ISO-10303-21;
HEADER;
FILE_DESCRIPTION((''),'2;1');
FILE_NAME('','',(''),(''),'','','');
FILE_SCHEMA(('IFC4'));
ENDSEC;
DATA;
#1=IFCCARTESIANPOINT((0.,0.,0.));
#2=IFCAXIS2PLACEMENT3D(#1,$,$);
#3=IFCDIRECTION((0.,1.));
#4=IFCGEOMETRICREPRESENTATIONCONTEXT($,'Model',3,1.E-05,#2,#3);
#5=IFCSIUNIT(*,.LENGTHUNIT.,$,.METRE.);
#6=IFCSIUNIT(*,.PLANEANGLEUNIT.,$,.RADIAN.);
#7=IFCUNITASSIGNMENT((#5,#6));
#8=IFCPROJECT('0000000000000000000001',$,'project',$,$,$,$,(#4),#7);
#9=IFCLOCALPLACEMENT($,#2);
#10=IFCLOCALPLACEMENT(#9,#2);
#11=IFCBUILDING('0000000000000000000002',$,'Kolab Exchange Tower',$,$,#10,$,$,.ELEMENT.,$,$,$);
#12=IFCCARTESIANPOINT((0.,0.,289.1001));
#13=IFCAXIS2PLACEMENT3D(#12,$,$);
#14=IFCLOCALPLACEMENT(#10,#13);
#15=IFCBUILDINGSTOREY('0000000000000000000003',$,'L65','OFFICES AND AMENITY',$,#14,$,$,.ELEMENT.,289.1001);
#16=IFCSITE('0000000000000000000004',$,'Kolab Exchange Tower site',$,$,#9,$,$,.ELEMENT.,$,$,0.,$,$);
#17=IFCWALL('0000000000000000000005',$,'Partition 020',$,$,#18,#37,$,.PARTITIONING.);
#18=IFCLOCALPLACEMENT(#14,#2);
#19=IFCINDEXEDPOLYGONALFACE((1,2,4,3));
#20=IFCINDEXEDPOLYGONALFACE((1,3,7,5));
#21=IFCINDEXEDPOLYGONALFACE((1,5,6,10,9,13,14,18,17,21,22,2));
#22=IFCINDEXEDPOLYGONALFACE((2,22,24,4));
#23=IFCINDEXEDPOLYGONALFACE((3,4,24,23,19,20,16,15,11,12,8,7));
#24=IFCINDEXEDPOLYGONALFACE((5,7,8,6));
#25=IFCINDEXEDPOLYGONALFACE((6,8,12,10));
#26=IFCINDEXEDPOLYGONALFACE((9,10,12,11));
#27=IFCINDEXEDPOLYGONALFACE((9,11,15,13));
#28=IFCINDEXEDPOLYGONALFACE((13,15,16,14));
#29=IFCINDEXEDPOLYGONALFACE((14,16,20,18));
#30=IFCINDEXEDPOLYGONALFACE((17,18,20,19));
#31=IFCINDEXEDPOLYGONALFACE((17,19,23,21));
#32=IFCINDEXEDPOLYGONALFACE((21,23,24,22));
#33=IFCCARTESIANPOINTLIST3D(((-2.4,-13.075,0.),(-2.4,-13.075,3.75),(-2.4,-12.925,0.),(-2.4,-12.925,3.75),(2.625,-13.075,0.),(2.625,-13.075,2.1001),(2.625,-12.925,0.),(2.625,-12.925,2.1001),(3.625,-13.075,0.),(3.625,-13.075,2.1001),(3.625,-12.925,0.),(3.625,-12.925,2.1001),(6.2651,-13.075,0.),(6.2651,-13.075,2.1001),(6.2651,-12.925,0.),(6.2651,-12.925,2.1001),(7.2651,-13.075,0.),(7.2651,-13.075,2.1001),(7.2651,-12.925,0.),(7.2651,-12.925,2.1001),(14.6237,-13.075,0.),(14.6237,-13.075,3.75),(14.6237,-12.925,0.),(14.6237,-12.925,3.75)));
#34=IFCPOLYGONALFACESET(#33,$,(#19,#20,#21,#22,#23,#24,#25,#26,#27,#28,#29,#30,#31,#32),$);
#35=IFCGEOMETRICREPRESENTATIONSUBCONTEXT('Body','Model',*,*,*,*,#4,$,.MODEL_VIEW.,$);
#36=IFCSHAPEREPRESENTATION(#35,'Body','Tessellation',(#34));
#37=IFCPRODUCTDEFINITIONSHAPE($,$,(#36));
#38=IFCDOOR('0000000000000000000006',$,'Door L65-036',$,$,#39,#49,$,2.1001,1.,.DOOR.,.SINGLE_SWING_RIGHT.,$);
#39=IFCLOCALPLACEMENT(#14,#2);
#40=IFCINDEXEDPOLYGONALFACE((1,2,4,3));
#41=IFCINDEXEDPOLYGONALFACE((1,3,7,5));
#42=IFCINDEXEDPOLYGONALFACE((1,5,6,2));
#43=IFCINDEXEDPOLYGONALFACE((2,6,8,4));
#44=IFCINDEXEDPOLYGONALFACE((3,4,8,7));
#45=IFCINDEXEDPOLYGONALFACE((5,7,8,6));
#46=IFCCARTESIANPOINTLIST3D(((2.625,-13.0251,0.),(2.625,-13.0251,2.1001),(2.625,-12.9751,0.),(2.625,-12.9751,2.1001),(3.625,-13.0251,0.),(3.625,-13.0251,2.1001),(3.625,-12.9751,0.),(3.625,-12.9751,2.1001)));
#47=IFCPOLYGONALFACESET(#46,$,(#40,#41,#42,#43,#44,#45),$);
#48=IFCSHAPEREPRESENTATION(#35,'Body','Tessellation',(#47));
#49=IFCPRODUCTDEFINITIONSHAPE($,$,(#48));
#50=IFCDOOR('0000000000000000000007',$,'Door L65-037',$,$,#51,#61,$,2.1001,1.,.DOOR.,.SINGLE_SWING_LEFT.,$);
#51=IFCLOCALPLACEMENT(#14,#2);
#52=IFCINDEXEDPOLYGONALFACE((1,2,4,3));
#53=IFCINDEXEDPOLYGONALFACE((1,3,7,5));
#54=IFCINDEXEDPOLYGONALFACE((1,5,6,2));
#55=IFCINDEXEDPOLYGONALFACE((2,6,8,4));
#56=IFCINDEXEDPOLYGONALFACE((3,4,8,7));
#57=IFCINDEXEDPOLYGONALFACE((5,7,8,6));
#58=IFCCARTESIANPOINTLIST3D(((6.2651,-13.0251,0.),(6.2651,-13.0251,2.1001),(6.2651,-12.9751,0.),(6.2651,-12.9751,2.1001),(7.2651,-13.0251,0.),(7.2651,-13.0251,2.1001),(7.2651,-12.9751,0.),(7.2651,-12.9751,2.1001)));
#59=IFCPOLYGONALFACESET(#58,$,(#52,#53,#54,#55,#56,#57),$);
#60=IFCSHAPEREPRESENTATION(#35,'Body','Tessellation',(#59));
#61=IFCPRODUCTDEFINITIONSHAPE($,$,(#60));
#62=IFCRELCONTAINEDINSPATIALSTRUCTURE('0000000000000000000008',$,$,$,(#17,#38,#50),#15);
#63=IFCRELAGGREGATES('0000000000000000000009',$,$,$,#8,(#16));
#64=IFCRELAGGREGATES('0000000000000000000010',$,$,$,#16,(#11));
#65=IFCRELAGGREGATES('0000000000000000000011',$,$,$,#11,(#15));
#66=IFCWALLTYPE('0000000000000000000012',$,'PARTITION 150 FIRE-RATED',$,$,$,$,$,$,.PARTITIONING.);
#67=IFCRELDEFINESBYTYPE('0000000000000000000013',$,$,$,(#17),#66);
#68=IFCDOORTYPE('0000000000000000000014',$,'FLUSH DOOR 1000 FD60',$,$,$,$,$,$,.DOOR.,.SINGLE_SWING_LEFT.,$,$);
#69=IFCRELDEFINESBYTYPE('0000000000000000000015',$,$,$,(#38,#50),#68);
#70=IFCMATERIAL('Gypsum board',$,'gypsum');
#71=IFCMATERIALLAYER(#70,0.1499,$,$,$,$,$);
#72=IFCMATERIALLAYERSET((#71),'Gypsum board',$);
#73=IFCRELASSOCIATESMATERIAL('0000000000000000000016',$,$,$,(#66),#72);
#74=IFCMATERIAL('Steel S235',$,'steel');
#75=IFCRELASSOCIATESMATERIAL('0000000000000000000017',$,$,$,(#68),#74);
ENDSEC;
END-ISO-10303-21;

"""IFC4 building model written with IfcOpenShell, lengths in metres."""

from ifc_helpers import new_model, si_unit, direction, frame, frame_2d, origin, place, context, subcontext, project, spatial, rectangle, extrude, material, layer, layer_set, type_object, element, fill, save


model = new_model("IFC4")

# Units and contexts
model_context = context("Model", 3, precision=1e-05, world=origin(), true_north=direction((0.0, 1.0)))
body_context = subcontext(model_context, "Body", "Model", "MODEL_VIEW")
ifc_project = project(units=[si_unit("LENGTHUNIT", "METRE"), si_unit("PLANEANGLEUNIT", "RADIAN")], contexts=[model_context])

# Site, building, storey
site_placement = place(None, origin())
site = spatial("IfcSite", under=ifc_project, at=site_placement, Name="Kolab Exchange Tower site", CompositionType="ELEMENT", RefElevation=0.0)
building_placement = place(site_placement, origin())
building = spatial("IfcBuilding", under=site, at=building_placement, Name="Kolab Exchange Tower", CompositionType="ELEMENT")
storey_placement = place(building_placement, frame((0.0, 0.0, 289.1001)))
storey = spatial("IfcBuildingStorey", under=building, at=storey_placement, Name="L65", Description="OFFICES AND AMENITY", CompositionType="ELEMENT", Elevation=289.1001)

# Shared definitions
ifc_material_1 = material(Name="Gypsum board", Category="gypsum")

# Shared definitions
ifc_layer_1 = layer(ifc_material_1, 0.1499)
ifc_layer_set_1 = layer_set([ifc_layer_1], Name="Gypsum board")
wall_type_1 = type_object("IfcWallType", Name="PARTITION 150 FIRE-RATED", PredefinedType="PARTITIONING", material=ifc_layer_set_1)
ifc_material_2 = material(Name="Steel S235", Category="steel")
door_type = type_object("IfcDoorType", Name="FLUSH DOOR 1000 FD60", OperationType="SINGLE_SWING_LEFT", PredefinedType="DOOR", material=ifc_material_2)

# Wall, openings, doors
wall_1_placement = place(storey_placement, frame((-2.3999, -13.0, 0.0), z_axis=(0.0, 0.0, 1.0), x_axis=(1.0, 0.0, 0.0)))
wall_1 = element("IfcWall", 1, at=wall_1_placement, inside=storey, type_object=wall_type_1, Name="Partition 020", PredefinedType="PARTITIONING", context=body_context, shape_type="SweptSolid", body=[
    extrude(rectangle(XDim=17.0237, YDim=0.1499, at=frame_2d((8.5117, 0.0))), origin(), (0.0, 0.0, 1.0), 3.75),
])
opening_1_placement = place(wall_1_placement, frame((5.0249, 0.0, 0.0)))
opening_1 = element("IfcOpeningElement", 2, at=opening_1_placement, cuts=wall_1, PredefinedType="OPENING", context=body_context, shape_type="SweptSolid", body=[
    extrude(rectangle(XDim=1.0, YDim=2.1001, at=frame_2d((0.5, 1.05))), frame((0.0, 0.085, 0.0), z_axis=(0.0, -1.0, 0.0), x_axis=(1.0, 0.0, 0.0)), (0.0, 0.0, 1.0), 0.1699),
])
opening_2_placement = place(wall_1_placement, frame((8.665, 0.0, 0.0)))
opening_2 = element("IfcOpeningElement", 3, at=opening_2_placement, cuts=wall_1, PredefinedType="OPENING", context=body_context, shape_type="SweptSolid", body=[
    extrude(rectangle(XDim=1.0, YDim=2.1001, at=frame_2d((0.5, 1.05))), frame((0.0, 0.085, 0.0), z_axis=(0.0, -1.0, 0.0), x_axis=(1.0, 0.0, 0.0)), (0.0, 0.0, 1.0), 0.1699),
])
door_1_placement = place(opening_1_placement, origin())
door_1 = element("IfcDoor", 4, at=door_1_placement, inside=storey, type_object=door_type, Name="Door L65-036", OperationType="SINGLE_SWING_RIGHT", OverallHeight=2.1001, OverallWidth=1.0, PredefinedType="DOOR", context=body_context, shape_type="SweptSolid", body=[
    extrude(rectangle(XDim=1.0, YDim=2.1001, at=frame_2d((0.5, 1.05))), frame((0.0, 0.0249, 0.0), z_axis=(0.0, -1.0, 0.0), x_axis=(1.0, 0.0, 0.0)), (0.0, 0.0, 1.0), 0.05),
])
fill(opening_1, door_1)
door_2_placement = place(opening_2_placement, origin())
door_2 = element("IfcDoor", 5, at=door_2_placement, inside=storey, type_object=door_type, Name="Door L65-037", OperationType="SINGLE_SWING_LEFT", OverallHeight=2.1001, OverallWidth=1.0, PredefinedType="DOOR", context=body_context, shape_type="SweptSolid", body=[
    extrude(rectangle(XDim=1.0, YDim=2.1001, at=frame_2d((0.5, 1.05))), frame((0.0, 0.0249, 0.0), z_axis=(0.0, -1.0, 0.0), x_axis=(1.0, 0.0, 0.0)), (0.0, 0.0, 1.0), 0.05),
])
fill(opening_2, door_2)

save(model, "model.ifc")
